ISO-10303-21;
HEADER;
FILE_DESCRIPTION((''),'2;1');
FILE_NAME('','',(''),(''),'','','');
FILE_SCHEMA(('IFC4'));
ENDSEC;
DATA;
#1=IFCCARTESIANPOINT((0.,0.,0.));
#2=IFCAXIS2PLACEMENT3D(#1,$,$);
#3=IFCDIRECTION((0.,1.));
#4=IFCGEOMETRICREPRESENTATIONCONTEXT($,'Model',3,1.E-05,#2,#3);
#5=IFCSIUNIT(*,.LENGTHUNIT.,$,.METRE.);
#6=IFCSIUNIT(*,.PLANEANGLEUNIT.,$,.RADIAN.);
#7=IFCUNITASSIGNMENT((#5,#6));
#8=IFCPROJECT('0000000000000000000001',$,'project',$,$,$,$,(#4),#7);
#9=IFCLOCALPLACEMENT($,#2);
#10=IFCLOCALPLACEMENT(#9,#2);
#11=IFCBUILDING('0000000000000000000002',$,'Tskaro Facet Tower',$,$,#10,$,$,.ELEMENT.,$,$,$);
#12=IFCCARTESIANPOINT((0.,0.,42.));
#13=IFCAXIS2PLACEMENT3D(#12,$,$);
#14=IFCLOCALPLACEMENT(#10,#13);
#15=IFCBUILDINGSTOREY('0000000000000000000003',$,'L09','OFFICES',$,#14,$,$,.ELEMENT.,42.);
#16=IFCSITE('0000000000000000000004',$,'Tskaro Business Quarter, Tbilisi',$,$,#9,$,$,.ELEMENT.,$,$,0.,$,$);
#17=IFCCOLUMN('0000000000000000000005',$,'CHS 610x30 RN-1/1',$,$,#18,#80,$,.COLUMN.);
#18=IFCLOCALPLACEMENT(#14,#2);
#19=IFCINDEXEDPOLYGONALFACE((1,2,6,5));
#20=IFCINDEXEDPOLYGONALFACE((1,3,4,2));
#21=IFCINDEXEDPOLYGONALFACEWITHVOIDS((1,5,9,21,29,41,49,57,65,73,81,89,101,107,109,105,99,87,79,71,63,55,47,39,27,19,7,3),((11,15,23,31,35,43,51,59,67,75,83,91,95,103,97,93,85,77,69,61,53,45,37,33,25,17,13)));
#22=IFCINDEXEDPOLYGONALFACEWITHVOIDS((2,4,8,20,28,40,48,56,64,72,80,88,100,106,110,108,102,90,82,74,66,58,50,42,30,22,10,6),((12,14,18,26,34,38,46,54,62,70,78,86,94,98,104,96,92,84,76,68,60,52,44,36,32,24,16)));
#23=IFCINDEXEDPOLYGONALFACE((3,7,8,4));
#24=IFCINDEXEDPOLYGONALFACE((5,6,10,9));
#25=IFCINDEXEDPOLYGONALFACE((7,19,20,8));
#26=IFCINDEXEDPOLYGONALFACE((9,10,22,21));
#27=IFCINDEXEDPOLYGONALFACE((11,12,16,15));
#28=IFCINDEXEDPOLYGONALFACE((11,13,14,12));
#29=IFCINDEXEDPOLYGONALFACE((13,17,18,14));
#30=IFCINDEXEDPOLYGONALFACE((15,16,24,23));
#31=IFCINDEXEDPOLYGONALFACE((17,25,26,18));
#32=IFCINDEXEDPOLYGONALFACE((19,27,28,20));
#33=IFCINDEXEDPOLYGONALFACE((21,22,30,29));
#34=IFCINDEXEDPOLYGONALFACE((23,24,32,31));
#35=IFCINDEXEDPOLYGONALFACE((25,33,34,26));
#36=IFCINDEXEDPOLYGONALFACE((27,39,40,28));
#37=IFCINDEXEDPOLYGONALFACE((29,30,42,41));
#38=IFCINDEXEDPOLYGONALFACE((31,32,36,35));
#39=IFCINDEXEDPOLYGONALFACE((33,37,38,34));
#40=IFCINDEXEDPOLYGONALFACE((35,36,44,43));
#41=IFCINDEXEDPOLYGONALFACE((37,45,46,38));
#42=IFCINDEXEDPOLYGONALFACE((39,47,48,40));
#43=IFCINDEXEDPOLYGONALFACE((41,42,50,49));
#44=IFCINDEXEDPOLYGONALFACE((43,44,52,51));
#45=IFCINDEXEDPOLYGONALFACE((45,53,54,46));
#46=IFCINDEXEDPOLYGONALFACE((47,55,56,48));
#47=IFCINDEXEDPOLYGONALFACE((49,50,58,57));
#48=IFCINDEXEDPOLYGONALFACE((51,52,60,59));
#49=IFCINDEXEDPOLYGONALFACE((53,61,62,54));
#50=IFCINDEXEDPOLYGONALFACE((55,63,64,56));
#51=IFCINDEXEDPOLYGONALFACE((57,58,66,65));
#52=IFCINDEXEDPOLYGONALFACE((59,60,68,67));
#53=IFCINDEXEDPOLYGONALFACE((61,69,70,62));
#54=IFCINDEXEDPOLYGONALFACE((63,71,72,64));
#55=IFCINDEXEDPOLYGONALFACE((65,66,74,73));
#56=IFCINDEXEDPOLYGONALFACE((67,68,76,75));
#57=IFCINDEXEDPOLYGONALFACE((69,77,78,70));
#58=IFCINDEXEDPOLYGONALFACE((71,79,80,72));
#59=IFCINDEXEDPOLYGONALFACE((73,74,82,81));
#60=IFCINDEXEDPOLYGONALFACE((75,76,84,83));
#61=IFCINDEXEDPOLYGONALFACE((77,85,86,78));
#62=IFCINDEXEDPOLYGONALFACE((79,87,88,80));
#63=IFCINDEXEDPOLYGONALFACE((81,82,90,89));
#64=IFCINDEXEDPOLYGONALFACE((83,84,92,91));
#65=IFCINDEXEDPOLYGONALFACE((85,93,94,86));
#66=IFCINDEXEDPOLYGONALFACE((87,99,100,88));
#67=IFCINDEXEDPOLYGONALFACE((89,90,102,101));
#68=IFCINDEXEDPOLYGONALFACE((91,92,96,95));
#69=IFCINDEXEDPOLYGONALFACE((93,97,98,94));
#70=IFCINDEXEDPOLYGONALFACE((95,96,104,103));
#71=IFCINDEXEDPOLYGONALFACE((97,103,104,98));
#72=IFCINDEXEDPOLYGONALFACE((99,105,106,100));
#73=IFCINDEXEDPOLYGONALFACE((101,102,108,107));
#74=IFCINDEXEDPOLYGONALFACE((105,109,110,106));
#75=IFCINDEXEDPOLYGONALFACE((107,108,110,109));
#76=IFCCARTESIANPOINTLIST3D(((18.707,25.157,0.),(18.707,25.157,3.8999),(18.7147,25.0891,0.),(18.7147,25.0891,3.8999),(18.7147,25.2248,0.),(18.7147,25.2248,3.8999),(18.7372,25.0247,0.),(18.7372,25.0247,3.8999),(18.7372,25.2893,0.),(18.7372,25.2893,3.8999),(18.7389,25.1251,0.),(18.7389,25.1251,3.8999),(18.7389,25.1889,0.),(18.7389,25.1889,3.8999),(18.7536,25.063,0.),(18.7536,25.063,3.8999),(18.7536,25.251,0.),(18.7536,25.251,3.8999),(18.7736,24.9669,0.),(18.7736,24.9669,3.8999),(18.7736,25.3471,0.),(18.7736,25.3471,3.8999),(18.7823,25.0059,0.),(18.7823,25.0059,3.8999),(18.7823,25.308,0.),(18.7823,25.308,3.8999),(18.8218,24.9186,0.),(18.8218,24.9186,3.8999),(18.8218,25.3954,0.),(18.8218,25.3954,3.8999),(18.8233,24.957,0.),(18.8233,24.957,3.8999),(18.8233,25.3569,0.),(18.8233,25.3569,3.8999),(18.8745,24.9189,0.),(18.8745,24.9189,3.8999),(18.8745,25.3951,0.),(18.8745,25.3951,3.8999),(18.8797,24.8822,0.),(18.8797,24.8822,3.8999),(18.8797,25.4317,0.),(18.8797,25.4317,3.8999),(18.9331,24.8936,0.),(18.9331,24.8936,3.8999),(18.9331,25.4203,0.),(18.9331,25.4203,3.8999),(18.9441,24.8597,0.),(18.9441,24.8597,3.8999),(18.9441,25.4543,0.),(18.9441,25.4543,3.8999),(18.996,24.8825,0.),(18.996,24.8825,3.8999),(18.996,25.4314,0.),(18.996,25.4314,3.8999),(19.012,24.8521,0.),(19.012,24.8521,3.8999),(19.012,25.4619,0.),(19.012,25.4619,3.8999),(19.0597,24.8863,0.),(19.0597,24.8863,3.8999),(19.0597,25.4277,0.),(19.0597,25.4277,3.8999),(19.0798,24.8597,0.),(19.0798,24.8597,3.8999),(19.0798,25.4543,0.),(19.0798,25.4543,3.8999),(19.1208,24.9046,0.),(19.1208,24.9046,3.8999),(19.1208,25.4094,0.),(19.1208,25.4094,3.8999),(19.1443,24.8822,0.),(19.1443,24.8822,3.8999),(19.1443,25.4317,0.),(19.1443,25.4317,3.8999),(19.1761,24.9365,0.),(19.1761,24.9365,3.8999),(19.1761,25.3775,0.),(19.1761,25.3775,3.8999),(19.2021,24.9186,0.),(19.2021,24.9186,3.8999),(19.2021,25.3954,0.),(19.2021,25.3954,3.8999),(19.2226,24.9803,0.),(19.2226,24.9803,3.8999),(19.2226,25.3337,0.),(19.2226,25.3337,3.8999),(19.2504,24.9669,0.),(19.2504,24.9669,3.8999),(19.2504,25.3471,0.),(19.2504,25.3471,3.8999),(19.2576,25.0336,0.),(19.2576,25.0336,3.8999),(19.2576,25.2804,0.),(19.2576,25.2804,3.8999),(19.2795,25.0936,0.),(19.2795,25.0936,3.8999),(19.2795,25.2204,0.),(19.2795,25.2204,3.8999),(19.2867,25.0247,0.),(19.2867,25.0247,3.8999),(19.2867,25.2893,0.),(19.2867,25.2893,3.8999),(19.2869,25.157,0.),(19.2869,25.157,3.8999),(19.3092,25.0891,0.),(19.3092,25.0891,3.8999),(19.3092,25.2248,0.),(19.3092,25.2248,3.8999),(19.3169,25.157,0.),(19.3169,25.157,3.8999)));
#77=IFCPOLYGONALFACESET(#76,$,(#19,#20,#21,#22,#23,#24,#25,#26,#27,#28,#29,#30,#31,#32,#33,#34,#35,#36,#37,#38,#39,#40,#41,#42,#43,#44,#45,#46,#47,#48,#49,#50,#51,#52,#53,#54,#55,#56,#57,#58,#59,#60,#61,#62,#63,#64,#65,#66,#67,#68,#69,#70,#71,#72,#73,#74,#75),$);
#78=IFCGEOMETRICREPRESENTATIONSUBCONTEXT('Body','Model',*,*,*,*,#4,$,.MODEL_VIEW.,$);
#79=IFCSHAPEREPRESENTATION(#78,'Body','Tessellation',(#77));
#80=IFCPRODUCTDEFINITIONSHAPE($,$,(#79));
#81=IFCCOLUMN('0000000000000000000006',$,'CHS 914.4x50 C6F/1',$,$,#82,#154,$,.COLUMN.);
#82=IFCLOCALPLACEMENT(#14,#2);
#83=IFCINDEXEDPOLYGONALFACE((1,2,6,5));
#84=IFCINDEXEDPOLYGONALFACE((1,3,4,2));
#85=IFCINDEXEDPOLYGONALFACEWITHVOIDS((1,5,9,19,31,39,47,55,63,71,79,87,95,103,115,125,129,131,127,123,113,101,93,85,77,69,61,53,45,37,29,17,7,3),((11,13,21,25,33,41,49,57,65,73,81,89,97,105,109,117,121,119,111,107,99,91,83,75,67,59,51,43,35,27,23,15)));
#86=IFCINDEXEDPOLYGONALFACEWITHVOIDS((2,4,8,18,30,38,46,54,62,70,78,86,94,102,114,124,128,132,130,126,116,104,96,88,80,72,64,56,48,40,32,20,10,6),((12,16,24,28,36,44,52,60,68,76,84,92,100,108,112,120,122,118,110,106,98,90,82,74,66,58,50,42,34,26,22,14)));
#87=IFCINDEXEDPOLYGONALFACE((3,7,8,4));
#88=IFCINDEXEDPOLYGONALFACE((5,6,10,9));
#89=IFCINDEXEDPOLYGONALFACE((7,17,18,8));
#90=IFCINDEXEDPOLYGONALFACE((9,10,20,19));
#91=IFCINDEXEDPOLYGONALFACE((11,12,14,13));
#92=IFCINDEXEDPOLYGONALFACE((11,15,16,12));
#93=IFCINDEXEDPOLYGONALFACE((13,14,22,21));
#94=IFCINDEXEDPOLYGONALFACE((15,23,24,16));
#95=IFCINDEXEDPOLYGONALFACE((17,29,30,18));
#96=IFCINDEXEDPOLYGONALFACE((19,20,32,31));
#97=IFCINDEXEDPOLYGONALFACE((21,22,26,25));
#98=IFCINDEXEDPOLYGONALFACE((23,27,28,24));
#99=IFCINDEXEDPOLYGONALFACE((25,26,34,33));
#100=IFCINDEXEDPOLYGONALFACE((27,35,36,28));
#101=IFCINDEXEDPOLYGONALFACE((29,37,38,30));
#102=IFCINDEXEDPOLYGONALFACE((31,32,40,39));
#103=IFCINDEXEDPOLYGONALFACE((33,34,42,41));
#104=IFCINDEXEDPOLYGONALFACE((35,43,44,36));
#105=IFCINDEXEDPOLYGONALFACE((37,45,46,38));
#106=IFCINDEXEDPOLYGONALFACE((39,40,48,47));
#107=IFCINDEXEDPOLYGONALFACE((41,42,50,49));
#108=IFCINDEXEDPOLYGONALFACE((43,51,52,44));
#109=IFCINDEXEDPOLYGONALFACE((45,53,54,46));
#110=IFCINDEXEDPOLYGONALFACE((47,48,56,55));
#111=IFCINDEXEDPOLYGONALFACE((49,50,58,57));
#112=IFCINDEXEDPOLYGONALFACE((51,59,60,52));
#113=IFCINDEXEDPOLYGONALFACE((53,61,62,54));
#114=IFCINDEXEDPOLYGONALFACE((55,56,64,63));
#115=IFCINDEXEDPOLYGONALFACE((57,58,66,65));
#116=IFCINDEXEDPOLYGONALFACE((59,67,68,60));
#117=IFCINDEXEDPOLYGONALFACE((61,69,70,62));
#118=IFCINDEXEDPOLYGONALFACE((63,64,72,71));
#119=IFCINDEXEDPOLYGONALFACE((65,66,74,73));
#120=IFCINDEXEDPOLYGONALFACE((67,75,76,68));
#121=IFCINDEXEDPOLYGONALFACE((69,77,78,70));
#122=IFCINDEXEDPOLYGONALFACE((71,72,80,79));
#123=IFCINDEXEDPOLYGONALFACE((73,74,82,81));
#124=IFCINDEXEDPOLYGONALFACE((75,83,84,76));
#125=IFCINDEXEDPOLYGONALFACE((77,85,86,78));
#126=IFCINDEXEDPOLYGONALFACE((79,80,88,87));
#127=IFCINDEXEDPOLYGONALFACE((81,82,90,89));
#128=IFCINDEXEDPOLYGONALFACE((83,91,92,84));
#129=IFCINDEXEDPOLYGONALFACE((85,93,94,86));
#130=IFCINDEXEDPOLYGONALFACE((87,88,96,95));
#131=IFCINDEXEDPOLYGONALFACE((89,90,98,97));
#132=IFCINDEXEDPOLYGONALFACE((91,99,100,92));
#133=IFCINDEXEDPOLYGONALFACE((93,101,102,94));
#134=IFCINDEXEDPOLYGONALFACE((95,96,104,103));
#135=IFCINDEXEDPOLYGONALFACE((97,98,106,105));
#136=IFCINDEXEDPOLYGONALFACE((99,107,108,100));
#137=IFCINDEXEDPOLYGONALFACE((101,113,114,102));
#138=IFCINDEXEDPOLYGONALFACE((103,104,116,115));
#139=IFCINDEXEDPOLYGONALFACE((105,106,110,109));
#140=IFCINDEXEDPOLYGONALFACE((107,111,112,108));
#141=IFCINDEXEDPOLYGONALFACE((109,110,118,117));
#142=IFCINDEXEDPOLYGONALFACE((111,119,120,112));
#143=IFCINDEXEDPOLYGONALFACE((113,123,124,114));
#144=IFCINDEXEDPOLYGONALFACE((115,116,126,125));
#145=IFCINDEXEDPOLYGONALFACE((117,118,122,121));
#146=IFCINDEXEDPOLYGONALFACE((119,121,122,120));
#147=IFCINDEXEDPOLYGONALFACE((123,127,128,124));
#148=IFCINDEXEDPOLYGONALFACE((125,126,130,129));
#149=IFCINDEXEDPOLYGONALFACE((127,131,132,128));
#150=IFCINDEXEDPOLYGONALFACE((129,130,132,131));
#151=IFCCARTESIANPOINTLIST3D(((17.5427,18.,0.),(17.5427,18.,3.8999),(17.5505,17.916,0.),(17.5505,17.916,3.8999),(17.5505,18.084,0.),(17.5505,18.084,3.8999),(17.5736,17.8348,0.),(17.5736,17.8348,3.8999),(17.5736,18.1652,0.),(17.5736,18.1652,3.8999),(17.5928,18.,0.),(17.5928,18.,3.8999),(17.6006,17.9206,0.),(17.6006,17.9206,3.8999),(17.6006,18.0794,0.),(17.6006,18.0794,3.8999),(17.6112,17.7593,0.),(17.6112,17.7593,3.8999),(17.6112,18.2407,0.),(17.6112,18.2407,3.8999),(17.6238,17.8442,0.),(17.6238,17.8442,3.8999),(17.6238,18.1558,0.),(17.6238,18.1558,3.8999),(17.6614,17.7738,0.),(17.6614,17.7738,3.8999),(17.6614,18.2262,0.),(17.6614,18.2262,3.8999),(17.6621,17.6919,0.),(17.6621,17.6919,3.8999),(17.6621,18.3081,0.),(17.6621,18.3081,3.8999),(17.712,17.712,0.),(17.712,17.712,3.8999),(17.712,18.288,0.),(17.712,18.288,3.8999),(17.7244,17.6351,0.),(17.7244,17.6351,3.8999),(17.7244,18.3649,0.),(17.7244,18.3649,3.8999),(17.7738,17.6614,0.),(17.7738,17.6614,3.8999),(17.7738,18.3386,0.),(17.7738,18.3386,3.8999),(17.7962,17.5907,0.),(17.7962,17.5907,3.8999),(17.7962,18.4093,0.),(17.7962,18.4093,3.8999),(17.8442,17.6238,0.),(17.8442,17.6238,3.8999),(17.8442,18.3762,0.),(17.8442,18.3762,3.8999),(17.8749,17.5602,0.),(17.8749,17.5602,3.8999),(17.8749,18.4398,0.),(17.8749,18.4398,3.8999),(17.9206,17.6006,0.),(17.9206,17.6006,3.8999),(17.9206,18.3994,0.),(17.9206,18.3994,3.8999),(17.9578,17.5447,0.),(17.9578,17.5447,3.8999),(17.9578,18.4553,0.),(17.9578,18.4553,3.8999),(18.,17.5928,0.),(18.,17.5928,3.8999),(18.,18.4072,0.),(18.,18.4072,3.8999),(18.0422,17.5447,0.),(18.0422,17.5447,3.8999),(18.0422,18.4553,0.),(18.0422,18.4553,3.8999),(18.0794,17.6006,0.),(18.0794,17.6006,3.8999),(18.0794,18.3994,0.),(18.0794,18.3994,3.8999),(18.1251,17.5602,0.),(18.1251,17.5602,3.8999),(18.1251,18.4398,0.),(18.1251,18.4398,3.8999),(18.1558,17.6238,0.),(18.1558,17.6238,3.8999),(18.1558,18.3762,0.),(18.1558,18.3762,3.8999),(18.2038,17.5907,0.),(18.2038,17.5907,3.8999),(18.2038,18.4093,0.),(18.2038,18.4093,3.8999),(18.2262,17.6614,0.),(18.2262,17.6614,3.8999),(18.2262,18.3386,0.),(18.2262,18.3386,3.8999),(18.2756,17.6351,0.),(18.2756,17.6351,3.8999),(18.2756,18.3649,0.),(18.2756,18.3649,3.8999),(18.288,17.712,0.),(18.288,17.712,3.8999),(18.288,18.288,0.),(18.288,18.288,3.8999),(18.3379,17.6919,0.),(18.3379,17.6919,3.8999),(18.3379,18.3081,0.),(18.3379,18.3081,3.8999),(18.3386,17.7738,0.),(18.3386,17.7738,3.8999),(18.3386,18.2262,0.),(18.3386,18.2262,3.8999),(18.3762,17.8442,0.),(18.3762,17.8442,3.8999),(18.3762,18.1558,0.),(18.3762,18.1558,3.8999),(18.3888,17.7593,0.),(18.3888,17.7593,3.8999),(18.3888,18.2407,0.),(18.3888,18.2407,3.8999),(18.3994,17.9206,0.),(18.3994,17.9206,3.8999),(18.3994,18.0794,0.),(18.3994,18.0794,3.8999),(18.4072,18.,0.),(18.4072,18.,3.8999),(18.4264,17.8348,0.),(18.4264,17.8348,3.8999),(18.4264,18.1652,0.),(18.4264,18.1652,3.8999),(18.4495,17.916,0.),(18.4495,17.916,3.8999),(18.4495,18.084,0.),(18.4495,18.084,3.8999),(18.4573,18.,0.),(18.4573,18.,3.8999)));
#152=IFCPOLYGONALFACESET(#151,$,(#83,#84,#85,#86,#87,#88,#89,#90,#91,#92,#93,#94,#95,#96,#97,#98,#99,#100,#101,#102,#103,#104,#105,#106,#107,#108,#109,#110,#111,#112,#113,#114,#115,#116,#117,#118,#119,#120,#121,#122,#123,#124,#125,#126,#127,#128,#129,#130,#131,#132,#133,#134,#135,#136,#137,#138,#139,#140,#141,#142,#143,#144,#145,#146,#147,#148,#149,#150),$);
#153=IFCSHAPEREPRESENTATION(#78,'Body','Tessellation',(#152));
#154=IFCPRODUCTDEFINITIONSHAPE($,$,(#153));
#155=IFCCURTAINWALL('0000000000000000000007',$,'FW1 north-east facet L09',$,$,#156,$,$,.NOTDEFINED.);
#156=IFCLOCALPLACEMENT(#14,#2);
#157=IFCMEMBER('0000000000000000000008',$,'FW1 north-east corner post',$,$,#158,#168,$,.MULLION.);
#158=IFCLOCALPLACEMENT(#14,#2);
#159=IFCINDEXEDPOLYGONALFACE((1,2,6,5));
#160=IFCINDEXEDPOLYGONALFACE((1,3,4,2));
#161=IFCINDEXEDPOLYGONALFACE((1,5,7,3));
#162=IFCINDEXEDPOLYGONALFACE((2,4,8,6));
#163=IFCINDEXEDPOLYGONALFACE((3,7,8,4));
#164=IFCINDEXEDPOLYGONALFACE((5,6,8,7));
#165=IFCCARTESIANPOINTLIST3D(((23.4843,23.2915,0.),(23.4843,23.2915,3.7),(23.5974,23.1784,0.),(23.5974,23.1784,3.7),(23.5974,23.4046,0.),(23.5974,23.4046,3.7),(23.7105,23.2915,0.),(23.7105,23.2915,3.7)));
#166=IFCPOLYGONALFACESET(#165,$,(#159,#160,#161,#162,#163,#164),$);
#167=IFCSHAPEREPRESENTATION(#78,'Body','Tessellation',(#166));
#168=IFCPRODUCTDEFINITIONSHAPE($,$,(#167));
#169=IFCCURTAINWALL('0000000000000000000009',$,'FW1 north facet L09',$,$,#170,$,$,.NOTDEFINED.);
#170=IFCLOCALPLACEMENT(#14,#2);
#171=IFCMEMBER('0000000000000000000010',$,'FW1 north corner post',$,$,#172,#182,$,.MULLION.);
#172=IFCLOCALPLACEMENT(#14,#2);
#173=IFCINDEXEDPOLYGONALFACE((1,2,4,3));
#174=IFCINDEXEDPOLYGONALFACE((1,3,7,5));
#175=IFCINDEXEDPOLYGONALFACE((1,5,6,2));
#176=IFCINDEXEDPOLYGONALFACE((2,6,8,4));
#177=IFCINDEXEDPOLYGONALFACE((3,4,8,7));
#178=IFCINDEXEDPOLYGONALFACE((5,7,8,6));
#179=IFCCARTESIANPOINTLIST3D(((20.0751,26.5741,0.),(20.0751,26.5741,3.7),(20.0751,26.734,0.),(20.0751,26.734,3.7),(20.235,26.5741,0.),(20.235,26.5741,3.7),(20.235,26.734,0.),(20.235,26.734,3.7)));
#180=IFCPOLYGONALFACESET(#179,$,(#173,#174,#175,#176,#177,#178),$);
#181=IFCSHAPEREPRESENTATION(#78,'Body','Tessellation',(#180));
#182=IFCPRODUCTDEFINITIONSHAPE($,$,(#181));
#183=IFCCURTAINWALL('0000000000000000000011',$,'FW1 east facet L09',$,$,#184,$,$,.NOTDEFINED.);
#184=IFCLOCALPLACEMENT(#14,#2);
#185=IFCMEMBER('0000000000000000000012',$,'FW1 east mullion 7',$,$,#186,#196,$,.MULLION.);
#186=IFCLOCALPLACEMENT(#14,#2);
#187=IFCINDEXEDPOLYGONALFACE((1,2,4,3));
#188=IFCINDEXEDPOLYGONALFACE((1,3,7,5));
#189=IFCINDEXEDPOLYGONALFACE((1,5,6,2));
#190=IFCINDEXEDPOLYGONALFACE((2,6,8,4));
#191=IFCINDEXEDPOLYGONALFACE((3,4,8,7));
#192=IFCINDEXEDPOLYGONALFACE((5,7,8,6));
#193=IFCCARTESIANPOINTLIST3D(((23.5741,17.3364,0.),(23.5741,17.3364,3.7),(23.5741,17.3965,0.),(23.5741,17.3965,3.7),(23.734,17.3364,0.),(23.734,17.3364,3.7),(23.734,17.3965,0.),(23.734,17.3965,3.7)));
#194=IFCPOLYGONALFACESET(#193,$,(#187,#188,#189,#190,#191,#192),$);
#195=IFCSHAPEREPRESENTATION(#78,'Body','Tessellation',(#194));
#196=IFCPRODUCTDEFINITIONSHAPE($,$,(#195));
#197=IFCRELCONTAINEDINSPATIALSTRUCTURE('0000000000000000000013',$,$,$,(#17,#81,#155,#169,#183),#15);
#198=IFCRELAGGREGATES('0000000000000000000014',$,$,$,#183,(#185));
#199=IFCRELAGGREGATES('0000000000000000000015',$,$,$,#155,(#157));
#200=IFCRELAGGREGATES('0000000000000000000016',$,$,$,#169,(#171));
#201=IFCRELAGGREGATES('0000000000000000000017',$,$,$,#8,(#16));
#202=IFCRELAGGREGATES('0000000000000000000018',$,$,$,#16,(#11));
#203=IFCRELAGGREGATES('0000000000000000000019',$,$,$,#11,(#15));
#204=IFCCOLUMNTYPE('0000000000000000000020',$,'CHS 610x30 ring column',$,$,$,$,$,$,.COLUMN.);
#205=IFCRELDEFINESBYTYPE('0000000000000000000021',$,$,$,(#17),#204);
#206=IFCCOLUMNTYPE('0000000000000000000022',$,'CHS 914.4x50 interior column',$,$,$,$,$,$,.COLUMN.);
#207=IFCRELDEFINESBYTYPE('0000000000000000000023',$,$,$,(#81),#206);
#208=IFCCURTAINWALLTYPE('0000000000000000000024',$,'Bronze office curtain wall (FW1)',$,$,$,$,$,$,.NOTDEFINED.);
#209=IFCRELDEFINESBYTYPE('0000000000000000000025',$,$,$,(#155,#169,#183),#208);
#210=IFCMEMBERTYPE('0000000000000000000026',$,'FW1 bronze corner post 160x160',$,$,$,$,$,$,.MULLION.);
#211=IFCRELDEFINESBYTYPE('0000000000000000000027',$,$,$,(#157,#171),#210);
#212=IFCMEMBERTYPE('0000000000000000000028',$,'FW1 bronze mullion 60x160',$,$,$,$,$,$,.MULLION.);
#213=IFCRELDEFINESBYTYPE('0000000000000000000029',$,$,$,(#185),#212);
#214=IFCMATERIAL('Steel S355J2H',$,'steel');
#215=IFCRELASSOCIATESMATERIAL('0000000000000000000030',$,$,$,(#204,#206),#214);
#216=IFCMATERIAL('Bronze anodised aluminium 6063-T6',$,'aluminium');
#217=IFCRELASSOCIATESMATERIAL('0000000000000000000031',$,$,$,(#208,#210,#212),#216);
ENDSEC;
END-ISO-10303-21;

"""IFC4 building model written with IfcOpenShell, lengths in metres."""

from ifc_helpers import new_model, si_unit, direction, frame, origin, origin_2d, place, context, subcontext, project, spatial, rectangle, hollow_circle, extrude, material, material_profile, profile_set, type_object, element, aggregate, save


model = new_model("IFC4")

# Units and contexts
model_context = context("Model", 3, precision=1e-05, world=origin(), true_north=direction((0.0, 1.0)))
body_context = subcontext(model_context, "Body", "Model", "MODEL_VIEW")
ifc_project = project(units=[si_unit("LENGTHUNIT", "METRE"), si_unit("PLANEANGLEUNIT", "RADIAN")], contexts=[model_context])

# Site, building, storey
site_placement = place(None, origin())
site = spatial("IfcSite", under=ifc_project, at=site_placement, Name="Tskaro Business Quarter, Tbilisi", CompositionType="ELEMENT", RefElevation=0.0)
building_placement = place(site_placement, origin())
building = spatial("IfcBuilding", under=site, at=building_placement, Name="Tskaro Facet Tower", CompositionType="ELEMENT")
storey_placement = place(building_placement, frame((0.0, 0.0, 42.0)))
storey = spatial("IfcBuildingStorey", under=building, at=storey_placement, Name="L09", Description="OFFICES", CompositionType="ELEMENT", Elevation=42.0)

# Columns
ifc_material_1 = material(Name="Steel S355J2H", Category="steel")
ifc_material_profile_1 = material_profile(ifc_material_1, hollow_circle(Radius=0.3049, WallThickness=0.03, at=origin_2d()), Name="CHS 610x30")
ifc_profile_set_1 = profile_set([ifc_material_profile_1], Name="Steel S355J2H")
column_type_1 = type_object("IfcColumnType", Name="CHS 610x30 ring column", PredefinedType="COLUMN", material=ifc_profile_set_1)
for number, where, z_axis, x_axis, name in (
    (1, (19.012, 25.157, 0.0), (0.0, 0.0, 1.0), (1.0, 0.0, 0.0), "CHS 610x30 RN-1/1"),
):
    element("IfcColumn", number, at=place(storey_placement, frame(where, z_axis=z_axis, x_axis=x_axis)), inside=storey, type_object=column_type_1, Name=name, PredefinedType="COLUMN", context=body_context, shape_type="SweptSolid", body=[
        extrude(hollow_circle(Radius=0.3049, WallThickness=0.03, at=origin_2d()), origin(), (0.0, 0.0, 1.0), 3.8999),
    ])
ifc_material_profile_2 = material_profile(ifc_material_1, hollow_circle(Radius=0.4573, WallThickness=0.05, at=origin_2d()), Name="CHS 914.4x50")
ifc_profile_set_2 = profile_set([ifc_material_profile_2], Name="Steel S355J2H")
column_type_2 = type_object("IfcColumnType", Name="CHS 914.4x50 interior column", PredefinedType="COLUMN", material=ifc_profile_set_2)
column_placement = place(storey_placement, frame((18.0, 18.0, 0.0), z_axis=(0.0, 0.0, 1.0), x_axis=(1.0, 0.0, 0.0)))
element("IfcColumn", 2, at=column_placement, inside=storey, type_object=column_type_2, Name="CHS 914.4x50 C6F/1", PredefinedType="COLUMN", context=body_context, shape_type="SweptSolid", body=[
    extrude(hollow_circle(Radius=0.4573, WallThickness=0.05, at=origin_2d()), origin(), (0.0, 0.0, 1.0), 3.8999),
])

# Curtain walls, members
ifc_material_2 = material(Name="Bronze anodised aluminium 6063-T6", Category="aluminium")
curtain_wall_type = type_object("IfcCurtainWallType", Name="Bronze office curtain wall (FW1)", PredefinedType="NOTDEFINED", material=ifc_material_2)
curtain_wall_1_placement = place(storey_placement, origin())
curtain_wall_1 = element("IfcCurtainWall", 3, at=curtain_wall_1_placement, inside=storey, type_object=curtain_wall_type, Name="FW1 north-east facet L09", PredefinedType="NOTDEFINED")
ifc_material_profile_3 = material_profile(ifc_material_2, rectangle(XDim=0.1599, YDim=0.1599, at=origin_2d()), Name="Corner post 160x160")
ifc_profile_set_3 = profile_set([ifc_material_profile_3], Name="Bronze anodised aluminium 6063-T6")
member_type_1 = type_object("IfcMemberType", Name="FW1 bronze corner post 160x160", PredefinedType="MULLION", material=ifc_profile_set_3)
member_1_placement = place(storey_placement, frame((23.5974, 23.2915, 0.0), z_axis=(0.0, 0.0, 1.0), x_axis=(-0.707107, 0.707107, 0.0)))
member_1 = element("IfcMember", 4, at=member_1_placement, type_object=member_type_1, Name="FW1 north-east corner post", PredefinedType="MULLION", context=body_context, shape_type="SweptSolid", body=[
    extrude(rectangle(XDim=0.1599, YDim=0.1599, at=origin_2d()), origin(), (0.0, 0.0, 1.0), 3.7),
])
curtain_wall_2_placement = place(storey_placement, origin())
curtain_wall_2 = element("IfcCurtainWall", 5, at=curtain_wall_2_placement, inside=storey, type_object=curtain_wall_type, Name="FW1 north facet L09", PredefinedType="NOTDEFINED")
member_2_placement = place(storey_placement, frame((20.155, 26.6541, 0.0), z_axis=(0.0, 0.0, 1.0), x_axis=(-1.0, 0.0, 0.0)))
member_2 = element("IfcMember", 6, at=member_2_placement, type_object=member_type_1, Name="FW1 north corner post", PredefinedType="MULLION", context=body_context, shape_type="SweptSolid", body=[
    extrude(rectangle(XDim=0.1599, YDim=0.1599, at=origin_2d()), origin(), (0.0, 0.0, 1.0), 3.7),
])

# Curtain wall, member
curtain_wall_3_placement = place(storey_placement, origin())
curtain_wall_3 = element("IfcCurtainWall", 7, at=curtain_wall_3_placement, inside=storey, type_object=curtain_wall_type, Name="FW1 east facet L09", PredefinedType="NOTDEFINED")
ifc_material_profile_4 = material_profile(ifc_material_2, rectangle(XDim=0.0601, YDim=0.1599, at=origin_2d()), Name="Mullion 60x160")
ifc_profile_set_4 = profile_set([ifc_material_profile_4], Name="Bronze anodised aluminium 6063-T6")
member_type_2 = type_object("IfcMemberType", Name="FW1 bronze mullion 60x160", PredefinedType="MULLION", material=ifc_profile_set_4)
member_3_placement = place(storey_placement, frame((23.6541, 17.3665, 0.0), z_axis=(0.0, 0.0, 1.0), x_axis=(0.0, 1.0, 0.0)))
member_3 = element("IfcMember", 8, at=member_3_placement, type_object=member_type_2, Name="FW1 east mullion 7", PredefinedType="MULLION", context=body_context, shape_type="SweptSolid", body=[
    extrude(rectangle(XDim=0.0601, YDim=0.1599, at=origin_2d()), origin(), (0.0, 0.0, 1.0), 3.7),
])

aggregate(curtain_wall_3, [member_3])
aggregate(curtain_wall_1, [member_1])
aggregate(curtain_wall_2, [member_2])

save(model, "model.ifc")
